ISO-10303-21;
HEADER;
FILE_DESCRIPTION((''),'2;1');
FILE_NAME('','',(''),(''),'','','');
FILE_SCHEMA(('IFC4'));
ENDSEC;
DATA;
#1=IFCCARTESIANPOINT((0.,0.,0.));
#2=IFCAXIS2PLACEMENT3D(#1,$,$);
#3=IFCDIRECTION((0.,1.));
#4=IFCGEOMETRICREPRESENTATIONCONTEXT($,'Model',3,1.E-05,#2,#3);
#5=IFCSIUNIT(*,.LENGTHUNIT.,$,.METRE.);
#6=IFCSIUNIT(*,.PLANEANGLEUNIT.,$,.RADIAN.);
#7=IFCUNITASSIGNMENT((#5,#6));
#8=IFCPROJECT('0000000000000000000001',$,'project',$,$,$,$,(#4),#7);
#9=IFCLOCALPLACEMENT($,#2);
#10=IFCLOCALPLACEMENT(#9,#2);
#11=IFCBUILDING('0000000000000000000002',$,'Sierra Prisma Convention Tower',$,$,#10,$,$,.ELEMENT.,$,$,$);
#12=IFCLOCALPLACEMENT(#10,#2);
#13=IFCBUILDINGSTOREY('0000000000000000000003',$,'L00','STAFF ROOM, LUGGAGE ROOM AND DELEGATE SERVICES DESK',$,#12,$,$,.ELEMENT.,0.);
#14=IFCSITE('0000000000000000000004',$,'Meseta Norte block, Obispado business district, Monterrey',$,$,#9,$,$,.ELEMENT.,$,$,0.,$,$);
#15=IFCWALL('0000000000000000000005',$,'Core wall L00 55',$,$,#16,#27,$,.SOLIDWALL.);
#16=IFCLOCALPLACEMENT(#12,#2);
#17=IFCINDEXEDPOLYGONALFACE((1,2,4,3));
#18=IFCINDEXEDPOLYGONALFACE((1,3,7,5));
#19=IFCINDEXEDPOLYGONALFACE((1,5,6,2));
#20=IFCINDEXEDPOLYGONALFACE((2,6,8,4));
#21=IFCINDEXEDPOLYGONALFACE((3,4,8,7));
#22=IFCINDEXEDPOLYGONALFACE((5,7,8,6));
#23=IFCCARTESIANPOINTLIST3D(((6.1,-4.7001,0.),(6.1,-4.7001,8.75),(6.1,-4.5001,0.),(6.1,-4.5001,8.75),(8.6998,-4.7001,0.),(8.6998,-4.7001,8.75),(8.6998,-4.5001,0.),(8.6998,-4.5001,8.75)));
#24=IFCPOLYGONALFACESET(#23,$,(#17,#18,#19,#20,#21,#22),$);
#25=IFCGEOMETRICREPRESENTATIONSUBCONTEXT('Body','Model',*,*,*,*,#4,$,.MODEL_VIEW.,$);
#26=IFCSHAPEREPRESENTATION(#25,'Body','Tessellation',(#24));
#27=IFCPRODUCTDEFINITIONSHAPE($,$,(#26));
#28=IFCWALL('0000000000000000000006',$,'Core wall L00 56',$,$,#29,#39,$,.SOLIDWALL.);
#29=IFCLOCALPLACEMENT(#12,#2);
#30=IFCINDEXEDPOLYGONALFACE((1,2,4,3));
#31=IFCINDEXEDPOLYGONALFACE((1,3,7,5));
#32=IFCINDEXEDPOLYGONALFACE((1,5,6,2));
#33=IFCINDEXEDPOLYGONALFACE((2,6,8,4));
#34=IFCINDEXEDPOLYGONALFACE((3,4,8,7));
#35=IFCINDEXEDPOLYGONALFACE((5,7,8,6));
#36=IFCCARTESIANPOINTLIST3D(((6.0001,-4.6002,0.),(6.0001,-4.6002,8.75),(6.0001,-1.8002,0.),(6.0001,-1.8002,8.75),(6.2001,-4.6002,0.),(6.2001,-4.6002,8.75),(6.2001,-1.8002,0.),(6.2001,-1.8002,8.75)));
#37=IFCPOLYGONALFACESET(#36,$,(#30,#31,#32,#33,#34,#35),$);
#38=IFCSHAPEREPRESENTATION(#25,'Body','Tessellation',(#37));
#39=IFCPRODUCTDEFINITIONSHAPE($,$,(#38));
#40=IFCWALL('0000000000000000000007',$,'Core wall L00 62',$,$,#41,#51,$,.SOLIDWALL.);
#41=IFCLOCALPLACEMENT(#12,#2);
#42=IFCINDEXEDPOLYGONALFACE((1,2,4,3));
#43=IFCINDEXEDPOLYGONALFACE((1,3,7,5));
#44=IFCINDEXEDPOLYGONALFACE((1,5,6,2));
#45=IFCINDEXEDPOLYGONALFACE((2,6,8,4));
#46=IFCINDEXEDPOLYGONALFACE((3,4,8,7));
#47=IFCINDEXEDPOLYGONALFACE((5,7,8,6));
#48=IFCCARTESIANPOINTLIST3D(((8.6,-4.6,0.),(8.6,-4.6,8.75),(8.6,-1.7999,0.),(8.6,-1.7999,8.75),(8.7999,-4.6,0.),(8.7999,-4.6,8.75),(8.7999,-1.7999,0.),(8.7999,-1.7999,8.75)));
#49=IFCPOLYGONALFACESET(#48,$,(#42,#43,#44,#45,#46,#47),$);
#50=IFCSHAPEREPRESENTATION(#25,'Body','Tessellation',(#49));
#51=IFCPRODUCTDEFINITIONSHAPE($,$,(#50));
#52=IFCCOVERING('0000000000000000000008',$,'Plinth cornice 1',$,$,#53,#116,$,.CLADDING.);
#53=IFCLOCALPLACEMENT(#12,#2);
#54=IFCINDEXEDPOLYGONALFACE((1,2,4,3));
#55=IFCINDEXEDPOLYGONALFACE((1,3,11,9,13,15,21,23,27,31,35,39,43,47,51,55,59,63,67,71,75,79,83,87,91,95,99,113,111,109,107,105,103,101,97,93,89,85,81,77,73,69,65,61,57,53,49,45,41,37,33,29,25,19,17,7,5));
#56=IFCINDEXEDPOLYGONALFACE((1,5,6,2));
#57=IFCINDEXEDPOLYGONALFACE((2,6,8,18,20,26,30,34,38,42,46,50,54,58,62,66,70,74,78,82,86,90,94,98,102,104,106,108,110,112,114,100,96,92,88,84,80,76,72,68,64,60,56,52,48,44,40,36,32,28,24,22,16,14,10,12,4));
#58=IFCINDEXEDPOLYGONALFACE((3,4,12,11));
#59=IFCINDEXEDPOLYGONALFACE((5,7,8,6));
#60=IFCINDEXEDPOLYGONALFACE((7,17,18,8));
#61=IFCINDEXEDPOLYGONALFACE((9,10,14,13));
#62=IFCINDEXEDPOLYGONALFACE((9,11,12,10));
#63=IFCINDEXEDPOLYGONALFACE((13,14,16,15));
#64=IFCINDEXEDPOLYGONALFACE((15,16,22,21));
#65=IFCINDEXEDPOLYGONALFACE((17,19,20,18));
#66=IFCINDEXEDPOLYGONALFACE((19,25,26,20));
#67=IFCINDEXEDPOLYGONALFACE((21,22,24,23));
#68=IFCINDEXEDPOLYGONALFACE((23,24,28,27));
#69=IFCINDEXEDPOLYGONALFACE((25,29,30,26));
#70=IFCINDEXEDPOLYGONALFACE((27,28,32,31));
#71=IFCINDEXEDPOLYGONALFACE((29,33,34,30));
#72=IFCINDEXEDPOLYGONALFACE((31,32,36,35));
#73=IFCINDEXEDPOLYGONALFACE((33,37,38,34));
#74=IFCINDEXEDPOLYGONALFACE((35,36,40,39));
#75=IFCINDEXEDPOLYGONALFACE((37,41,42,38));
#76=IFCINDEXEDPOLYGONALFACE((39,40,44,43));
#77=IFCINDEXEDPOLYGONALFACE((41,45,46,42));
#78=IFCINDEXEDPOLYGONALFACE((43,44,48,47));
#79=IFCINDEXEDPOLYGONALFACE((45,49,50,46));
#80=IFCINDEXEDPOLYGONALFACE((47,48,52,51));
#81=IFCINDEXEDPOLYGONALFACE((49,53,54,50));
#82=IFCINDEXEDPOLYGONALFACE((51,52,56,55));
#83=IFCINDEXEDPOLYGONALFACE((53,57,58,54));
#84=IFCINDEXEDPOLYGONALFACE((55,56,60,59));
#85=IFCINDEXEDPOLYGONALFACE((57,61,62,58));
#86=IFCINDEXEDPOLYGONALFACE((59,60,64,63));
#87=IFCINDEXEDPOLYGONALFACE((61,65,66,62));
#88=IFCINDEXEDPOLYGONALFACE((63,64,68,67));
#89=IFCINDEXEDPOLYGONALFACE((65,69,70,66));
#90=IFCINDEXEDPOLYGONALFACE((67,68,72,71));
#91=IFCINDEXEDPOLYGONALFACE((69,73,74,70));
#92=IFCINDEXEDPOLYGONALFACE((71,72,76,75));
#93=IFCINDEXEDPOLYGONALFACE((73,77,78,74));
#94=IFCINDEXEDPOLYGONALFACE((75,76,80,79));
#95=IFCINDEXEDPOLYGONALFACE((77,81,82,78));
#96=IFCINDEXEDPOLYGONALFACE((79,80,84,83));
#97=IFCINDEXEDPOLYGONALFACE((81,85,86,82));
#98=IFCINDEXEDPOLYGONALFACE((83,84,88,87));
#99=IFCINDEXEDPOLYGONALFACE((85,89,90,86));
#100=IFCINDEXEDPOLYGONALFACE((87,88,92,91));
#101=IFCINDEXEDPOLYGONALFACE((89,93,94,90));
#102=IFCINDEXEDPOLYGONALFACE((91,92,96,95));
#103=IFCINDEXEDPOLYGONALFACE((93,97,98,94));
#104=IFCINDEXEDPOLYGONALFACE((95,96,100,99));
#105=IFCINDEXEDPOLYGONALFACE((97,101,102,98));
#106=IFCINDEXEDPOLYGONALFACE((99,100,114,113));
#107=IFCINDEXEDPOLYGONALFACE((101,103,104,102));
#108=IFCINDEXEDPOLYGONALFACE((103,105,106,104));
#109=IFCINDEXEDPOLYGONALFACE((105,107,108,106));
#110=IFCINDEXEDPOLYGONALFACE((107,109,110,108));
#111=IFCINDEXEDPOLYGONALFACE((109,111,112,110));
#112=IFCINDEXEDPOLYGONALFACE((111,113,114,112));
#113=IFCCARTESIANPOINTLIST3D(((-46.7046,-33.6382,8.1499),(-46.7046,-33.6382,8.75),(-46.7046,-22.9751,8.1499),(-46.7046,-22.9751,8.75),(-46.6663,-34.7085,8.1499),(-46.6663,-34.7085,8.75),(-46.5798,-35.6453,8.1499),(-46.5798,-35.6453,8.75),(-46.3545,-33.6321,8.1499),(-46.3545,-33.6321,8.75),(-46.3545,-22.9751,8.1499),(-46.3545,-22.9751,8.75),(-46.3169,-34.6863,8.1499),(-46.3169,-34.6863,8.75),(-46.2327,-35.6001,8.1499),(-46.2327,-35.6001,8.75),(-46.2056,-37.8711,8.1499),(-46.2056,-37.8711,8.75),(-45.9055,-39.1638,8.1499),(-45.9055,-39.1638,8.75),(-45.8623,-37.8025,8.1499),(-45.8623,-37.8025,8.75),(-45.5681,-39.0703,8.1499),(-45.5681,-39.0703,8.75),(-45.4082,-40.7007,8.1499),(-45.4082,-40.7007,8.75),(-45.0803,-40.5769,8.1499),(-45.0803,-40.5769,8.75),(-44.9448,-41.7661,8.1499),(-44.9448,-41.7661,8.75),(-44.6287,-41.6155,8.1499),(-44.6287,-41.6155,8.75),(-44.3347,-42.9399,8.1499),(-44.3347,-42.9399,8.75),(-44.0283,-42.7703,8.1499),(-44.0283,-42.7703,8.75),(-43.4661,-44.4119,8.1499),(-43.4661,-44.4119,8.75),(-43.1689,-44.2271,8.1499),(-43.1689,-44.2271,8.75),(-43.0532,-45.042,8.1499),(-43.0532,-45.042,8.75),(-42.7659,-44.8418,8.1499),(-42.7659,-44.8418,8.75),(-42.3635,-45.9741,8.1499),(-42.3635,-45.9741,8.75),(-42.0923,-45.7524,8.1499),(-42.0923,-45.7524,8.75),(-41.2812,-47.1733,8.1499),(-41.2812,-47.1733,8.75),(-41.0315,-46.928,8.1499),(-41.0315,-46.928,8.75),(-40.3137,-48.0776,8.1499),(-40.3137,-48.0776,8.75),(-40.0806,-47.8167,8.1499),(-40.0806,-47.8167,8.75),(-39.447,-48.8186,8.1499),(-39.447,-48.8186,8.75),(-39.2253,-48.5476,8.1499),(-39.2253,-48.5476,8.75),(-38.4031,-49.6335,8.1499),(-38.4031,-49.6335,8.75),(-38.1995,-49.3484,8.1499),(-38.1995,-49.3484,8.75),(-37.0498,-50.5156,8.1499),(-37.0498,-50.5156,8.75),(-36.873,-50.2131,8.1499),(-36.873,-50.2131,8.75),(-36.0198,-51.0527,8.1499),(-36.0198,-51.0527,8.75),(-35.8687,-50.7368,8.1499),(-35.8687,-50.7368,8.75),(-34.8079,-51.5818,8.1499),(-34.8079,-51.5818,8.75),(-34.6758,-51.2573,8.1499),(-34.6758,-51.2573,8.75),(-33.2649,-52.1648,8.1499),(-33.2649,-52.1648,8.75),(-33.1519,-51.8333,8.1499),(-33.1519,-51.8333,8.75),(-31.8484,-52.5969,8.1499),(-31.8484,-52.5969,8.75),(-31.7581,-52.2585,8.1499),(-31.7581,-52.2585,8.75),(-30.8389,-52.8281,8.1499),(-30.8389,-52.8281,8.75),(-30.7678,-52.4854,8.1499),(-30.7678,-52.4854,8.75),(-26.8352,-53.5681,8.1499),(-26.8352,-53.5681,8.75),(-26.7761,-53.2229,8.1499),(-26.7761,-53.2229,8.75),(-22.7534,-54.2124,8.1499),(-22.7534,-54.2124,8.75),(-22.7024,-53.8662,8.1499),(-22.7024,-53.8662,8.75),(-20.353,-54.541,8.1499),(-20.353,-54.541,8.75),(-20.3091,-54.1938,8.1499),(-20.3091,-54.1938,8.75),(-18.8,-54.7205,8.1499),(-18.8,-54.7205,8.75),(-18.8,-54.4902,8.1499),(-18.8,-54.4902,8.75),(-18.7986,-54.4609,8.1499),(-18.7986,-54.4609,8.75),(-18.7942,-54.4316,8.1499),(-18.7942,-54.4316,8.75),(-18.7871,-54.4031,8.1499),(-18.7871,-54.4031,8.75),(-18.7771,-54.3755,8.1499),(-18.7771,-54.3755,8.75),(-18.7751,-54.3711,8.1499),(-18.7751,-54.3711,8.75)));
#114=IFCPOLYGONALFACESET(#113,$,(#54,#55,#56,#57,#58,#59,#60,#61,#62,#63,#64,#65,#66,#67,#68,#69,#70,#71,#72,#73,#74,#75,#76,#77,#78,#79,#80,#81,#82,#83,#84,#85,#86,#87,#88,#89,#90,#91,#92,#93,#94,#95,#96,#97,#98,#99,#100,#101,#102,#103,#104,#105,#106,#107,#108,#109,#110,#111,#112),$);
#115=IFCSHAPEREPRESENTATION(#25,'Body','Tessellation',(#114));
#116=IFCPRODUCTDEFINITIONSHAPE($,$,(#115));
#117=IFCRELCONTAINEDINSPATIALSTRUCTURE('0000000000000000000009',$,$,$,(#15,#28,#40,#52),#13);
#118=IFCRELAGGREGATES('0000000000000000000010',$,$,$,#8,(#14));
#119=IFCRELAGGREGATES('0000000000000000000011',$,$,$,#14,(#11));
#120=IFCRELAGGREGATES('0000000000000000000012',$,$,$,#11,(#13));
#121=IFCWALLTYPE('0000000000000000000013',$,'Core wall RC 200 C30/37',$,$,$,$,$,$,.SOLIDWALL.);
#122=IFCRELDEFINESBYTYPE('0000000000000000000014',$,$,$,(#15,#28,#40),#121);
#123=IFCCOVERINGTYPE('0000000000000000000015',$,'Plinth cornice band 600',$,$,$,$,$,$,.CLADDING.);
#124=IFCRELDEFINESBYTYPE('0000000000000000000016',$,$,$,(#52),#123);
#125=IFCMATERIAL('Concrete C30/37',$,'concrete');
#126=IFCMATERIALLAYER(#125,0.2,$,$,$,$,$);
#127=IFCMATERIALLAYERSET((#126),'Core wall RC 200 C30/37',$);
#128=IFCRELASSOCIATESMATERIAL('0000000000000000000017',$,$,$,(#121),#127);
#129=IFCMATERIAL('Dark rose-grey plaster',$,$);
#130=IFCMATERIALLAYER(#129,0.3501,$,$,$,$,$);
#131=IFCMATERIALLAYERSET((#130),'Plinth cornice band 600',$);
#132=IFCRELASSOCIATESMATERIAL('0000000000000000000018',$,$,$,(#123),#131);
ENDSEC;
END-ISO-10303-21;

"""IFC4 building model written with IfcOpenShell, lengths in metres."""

from ifc_helpers import new_model, si_unit, direction, frame, frame_2d, origin, place, context, subcontext, project, spatial, polyline, rectangle, outline, extrude, material, layer, layer_set, type_object, element, save


model = new_model("IFC4")

# Units and contexts
model_context = context("Model", 3, precision=1e-05, world=origin(), true_north=direction((0.0, 1.0)))
body_context = subcontext(model_context, "Body", "Model", "MODEL_VIEW")
ifc_project = project(units=[si_unit("LENGTHUNIT", "METRE"), si_unit("PLANEANGLEUNIT", "RADIAN")], contexts=[model_context])

# Site, building, storey
site_placement = place(None, origin())
site = spatial("IfcSite", under=ifc_project, at=site_placement, Name="Meseta Norte block, Obispado business district, Monterrey", CompositionType="ELEMENT", RefElevation=0.0)
building_placement = place(site_placement, origin())
building = spatial("IfcBuilding", under=site, at=building_placement, Name="Sierra Prisma Convention Tower", CompositionType="ELEMENT")
storey_placement = place(building_placement, origin())
storey = spatial("IfcBuildingStorey", under=building, at=storey_placement, Name="L00", Description="STAFF ROOM, LUGGAGE ROOM AND DELEGATE SERVICES DESK", CompositionType="ELEMENT", Elevation=0.0)

# Shared definitions
ifc_material_1 = material(Name="Concrete C30/37", Category="concrete")
ifc_layer_1 = layer(ifc_material_1, 0.2)
ifc_layer_set_1 = layer_set([ifc_layer_1], Name="Core wall RC 200 C30/37")
wall_type = type_object("IfcWallType", Name="Core wall RC 200 C30/37", PredefinedType="SOLIDWALL", material=ifc_layer_set_1)

# Walls
wall_1_placement = place(storey_placement, frame((6.1001, -4.6001, 0.0), z_axis=(0.0, 0.0, 1.0), x_axis=(1.0, 0.0, 0.0)))
element("IfcWall", 1, at=wall_1_placement, inside=storey, type_object=wall_type, Name="Core wall L00 55", PredefinedType="SOLIDWALL", context=body_context, shape_type="SweptSolid", body=[
    extrude(rectangle(XDim=2.5999, YDim=0.2, at=frame_2d((1.2998, 0.0))), origin(), (0.0, 0.0, 1.0), 8.75),
])
wall_2_placement = place(storey_placement, frame((6.1001, -4.6001, 0.0), z_axis=(0.0, 0.0, 1.0), x_axis=(0.0, 1.0, 0.0)))
element("IfcWall", 2, at=wall_2_placement, inside=storey, type_object=wall_type, Name="Core wall L00 56", PredefinedType="SOLIDWALL", context=body_context, shape_type="SweptSolid", body=[
    extrude(rectangle(XDim=2.8, YDim=0.2, at=frame_2d((1.3999, 0.0))), origin(), (0.0, 0.0, 1.0), 8.75),
])

# Wall
wall_3_placement = place(storey_placement, frame((8.7, -1.8, 0.0), z_axis=(0.0, 0.0, 1.0), x_axis=(0.0, -1.0, 0.0)))
element("IfcWall", 3, at=wall_3_placement, inside=storey, type_object=wall_type, Name="Core wall L00 62", PredefinedType="SOLIDWALL", context=body_context, shape_type="SweptSolid", body=[
    extrude(rectangle(XDim=2.8, YDim=0.2, at=frame_2d((1.3999, 0.0))), origin(), (0.0, 0.0, 1.0), 8.75),
])

# Covering
ifc_material_2 = material(Name="Dark rose-grey plaster")
ifc_layer_2 = layer(ifc_material_2, 0.3501)
ifc_layer_set_2 = layer_set([ifc_layer_2], Name="Plinth cornice band 600")
covering_type_1 = type_object("IfcCoveringType", Name="Plinth cornice band 600", PredefinedType="CLADDING", material=ifc_layer_set_2)
covering_1_placement = place(storey_placement, frame((0.0, 0.0, 8.1499)))
element("IfcCovering", 4, at=covering_1_placement, inside=storey, type_object=covering_type_1, Name="Plinth cornice 1", PredefinedType="CLADDING", context=body_context, shape_type="SweptSolid", body=[
    extrude(outline(polyline([(-18.8, -54.7205), (-18.8, -54.4902), (-18.7986, -54.4609), (-18.7942, -54.4316), (-18.7871, -54.4031), (-18.7771, -54.3755), (-18.7751, -54.3711), (-20.3091, -54.1938), (-22.7024, -53.8662), (-26.7761, -53.2229), (-30.7678, -52.4854), (-31.7581, -52.2585), (-33.1519, -51.8333), (-34.6758, -51.2573), (-35.8687, -50.7368), (-36.873, -50.2131), (-38.1995, -49.3484), (-39.2253, -48.5476), (-40.0806, -47.8167), (-41.0315, -46.928), (-42.0923, -45.7524), (-42.7659, -44.8418), (-43.1689, -44.2271), (-44.0283, -42.7703), (-44.6287, -41.6155), (-45.0803, -40.5769), (-45.5681, -39.0703), (-45.8623, -37.8025), (-46.2327, -35.6001), (-46.3169, -34.6863), (-46.3545, -33.6321), (-46.3545, -22.9751), (-46.7046, -22.9751), (-46.7046, -33.6382), (-46.6663, -34.7085), (-46.5798, -35.6453), (-46.2056, -37.8711), (-45.9055, -39.1638), (-45.4082, -40.7007), (-44.9448, -41.7661), (-44.3347, -42.9399), (-43.4661, -44.4119), (-43.0532, -45.042), (-42.3635, -45.9741), (-41.2812, -47.1733), (-40.3137, -48.0776), (-39.447, -48.8186), (-38.4031, -49.6335), (-37.0498, -50.5156), (-36.0198, -51.0527), (-34.8079, -51.5818), (-33.2649, -52.1648), (-31.8484, -52.5969), (-30.8389, -52.8281), (-26.8352, -53.5681), (-22.7534, -54.2124), (-20.353, -54.541), (-18.8, -54.7205)])), origin(), (0.0, 0.0, 1.0), 0.6001),
])

save(model, "model.ifc")
